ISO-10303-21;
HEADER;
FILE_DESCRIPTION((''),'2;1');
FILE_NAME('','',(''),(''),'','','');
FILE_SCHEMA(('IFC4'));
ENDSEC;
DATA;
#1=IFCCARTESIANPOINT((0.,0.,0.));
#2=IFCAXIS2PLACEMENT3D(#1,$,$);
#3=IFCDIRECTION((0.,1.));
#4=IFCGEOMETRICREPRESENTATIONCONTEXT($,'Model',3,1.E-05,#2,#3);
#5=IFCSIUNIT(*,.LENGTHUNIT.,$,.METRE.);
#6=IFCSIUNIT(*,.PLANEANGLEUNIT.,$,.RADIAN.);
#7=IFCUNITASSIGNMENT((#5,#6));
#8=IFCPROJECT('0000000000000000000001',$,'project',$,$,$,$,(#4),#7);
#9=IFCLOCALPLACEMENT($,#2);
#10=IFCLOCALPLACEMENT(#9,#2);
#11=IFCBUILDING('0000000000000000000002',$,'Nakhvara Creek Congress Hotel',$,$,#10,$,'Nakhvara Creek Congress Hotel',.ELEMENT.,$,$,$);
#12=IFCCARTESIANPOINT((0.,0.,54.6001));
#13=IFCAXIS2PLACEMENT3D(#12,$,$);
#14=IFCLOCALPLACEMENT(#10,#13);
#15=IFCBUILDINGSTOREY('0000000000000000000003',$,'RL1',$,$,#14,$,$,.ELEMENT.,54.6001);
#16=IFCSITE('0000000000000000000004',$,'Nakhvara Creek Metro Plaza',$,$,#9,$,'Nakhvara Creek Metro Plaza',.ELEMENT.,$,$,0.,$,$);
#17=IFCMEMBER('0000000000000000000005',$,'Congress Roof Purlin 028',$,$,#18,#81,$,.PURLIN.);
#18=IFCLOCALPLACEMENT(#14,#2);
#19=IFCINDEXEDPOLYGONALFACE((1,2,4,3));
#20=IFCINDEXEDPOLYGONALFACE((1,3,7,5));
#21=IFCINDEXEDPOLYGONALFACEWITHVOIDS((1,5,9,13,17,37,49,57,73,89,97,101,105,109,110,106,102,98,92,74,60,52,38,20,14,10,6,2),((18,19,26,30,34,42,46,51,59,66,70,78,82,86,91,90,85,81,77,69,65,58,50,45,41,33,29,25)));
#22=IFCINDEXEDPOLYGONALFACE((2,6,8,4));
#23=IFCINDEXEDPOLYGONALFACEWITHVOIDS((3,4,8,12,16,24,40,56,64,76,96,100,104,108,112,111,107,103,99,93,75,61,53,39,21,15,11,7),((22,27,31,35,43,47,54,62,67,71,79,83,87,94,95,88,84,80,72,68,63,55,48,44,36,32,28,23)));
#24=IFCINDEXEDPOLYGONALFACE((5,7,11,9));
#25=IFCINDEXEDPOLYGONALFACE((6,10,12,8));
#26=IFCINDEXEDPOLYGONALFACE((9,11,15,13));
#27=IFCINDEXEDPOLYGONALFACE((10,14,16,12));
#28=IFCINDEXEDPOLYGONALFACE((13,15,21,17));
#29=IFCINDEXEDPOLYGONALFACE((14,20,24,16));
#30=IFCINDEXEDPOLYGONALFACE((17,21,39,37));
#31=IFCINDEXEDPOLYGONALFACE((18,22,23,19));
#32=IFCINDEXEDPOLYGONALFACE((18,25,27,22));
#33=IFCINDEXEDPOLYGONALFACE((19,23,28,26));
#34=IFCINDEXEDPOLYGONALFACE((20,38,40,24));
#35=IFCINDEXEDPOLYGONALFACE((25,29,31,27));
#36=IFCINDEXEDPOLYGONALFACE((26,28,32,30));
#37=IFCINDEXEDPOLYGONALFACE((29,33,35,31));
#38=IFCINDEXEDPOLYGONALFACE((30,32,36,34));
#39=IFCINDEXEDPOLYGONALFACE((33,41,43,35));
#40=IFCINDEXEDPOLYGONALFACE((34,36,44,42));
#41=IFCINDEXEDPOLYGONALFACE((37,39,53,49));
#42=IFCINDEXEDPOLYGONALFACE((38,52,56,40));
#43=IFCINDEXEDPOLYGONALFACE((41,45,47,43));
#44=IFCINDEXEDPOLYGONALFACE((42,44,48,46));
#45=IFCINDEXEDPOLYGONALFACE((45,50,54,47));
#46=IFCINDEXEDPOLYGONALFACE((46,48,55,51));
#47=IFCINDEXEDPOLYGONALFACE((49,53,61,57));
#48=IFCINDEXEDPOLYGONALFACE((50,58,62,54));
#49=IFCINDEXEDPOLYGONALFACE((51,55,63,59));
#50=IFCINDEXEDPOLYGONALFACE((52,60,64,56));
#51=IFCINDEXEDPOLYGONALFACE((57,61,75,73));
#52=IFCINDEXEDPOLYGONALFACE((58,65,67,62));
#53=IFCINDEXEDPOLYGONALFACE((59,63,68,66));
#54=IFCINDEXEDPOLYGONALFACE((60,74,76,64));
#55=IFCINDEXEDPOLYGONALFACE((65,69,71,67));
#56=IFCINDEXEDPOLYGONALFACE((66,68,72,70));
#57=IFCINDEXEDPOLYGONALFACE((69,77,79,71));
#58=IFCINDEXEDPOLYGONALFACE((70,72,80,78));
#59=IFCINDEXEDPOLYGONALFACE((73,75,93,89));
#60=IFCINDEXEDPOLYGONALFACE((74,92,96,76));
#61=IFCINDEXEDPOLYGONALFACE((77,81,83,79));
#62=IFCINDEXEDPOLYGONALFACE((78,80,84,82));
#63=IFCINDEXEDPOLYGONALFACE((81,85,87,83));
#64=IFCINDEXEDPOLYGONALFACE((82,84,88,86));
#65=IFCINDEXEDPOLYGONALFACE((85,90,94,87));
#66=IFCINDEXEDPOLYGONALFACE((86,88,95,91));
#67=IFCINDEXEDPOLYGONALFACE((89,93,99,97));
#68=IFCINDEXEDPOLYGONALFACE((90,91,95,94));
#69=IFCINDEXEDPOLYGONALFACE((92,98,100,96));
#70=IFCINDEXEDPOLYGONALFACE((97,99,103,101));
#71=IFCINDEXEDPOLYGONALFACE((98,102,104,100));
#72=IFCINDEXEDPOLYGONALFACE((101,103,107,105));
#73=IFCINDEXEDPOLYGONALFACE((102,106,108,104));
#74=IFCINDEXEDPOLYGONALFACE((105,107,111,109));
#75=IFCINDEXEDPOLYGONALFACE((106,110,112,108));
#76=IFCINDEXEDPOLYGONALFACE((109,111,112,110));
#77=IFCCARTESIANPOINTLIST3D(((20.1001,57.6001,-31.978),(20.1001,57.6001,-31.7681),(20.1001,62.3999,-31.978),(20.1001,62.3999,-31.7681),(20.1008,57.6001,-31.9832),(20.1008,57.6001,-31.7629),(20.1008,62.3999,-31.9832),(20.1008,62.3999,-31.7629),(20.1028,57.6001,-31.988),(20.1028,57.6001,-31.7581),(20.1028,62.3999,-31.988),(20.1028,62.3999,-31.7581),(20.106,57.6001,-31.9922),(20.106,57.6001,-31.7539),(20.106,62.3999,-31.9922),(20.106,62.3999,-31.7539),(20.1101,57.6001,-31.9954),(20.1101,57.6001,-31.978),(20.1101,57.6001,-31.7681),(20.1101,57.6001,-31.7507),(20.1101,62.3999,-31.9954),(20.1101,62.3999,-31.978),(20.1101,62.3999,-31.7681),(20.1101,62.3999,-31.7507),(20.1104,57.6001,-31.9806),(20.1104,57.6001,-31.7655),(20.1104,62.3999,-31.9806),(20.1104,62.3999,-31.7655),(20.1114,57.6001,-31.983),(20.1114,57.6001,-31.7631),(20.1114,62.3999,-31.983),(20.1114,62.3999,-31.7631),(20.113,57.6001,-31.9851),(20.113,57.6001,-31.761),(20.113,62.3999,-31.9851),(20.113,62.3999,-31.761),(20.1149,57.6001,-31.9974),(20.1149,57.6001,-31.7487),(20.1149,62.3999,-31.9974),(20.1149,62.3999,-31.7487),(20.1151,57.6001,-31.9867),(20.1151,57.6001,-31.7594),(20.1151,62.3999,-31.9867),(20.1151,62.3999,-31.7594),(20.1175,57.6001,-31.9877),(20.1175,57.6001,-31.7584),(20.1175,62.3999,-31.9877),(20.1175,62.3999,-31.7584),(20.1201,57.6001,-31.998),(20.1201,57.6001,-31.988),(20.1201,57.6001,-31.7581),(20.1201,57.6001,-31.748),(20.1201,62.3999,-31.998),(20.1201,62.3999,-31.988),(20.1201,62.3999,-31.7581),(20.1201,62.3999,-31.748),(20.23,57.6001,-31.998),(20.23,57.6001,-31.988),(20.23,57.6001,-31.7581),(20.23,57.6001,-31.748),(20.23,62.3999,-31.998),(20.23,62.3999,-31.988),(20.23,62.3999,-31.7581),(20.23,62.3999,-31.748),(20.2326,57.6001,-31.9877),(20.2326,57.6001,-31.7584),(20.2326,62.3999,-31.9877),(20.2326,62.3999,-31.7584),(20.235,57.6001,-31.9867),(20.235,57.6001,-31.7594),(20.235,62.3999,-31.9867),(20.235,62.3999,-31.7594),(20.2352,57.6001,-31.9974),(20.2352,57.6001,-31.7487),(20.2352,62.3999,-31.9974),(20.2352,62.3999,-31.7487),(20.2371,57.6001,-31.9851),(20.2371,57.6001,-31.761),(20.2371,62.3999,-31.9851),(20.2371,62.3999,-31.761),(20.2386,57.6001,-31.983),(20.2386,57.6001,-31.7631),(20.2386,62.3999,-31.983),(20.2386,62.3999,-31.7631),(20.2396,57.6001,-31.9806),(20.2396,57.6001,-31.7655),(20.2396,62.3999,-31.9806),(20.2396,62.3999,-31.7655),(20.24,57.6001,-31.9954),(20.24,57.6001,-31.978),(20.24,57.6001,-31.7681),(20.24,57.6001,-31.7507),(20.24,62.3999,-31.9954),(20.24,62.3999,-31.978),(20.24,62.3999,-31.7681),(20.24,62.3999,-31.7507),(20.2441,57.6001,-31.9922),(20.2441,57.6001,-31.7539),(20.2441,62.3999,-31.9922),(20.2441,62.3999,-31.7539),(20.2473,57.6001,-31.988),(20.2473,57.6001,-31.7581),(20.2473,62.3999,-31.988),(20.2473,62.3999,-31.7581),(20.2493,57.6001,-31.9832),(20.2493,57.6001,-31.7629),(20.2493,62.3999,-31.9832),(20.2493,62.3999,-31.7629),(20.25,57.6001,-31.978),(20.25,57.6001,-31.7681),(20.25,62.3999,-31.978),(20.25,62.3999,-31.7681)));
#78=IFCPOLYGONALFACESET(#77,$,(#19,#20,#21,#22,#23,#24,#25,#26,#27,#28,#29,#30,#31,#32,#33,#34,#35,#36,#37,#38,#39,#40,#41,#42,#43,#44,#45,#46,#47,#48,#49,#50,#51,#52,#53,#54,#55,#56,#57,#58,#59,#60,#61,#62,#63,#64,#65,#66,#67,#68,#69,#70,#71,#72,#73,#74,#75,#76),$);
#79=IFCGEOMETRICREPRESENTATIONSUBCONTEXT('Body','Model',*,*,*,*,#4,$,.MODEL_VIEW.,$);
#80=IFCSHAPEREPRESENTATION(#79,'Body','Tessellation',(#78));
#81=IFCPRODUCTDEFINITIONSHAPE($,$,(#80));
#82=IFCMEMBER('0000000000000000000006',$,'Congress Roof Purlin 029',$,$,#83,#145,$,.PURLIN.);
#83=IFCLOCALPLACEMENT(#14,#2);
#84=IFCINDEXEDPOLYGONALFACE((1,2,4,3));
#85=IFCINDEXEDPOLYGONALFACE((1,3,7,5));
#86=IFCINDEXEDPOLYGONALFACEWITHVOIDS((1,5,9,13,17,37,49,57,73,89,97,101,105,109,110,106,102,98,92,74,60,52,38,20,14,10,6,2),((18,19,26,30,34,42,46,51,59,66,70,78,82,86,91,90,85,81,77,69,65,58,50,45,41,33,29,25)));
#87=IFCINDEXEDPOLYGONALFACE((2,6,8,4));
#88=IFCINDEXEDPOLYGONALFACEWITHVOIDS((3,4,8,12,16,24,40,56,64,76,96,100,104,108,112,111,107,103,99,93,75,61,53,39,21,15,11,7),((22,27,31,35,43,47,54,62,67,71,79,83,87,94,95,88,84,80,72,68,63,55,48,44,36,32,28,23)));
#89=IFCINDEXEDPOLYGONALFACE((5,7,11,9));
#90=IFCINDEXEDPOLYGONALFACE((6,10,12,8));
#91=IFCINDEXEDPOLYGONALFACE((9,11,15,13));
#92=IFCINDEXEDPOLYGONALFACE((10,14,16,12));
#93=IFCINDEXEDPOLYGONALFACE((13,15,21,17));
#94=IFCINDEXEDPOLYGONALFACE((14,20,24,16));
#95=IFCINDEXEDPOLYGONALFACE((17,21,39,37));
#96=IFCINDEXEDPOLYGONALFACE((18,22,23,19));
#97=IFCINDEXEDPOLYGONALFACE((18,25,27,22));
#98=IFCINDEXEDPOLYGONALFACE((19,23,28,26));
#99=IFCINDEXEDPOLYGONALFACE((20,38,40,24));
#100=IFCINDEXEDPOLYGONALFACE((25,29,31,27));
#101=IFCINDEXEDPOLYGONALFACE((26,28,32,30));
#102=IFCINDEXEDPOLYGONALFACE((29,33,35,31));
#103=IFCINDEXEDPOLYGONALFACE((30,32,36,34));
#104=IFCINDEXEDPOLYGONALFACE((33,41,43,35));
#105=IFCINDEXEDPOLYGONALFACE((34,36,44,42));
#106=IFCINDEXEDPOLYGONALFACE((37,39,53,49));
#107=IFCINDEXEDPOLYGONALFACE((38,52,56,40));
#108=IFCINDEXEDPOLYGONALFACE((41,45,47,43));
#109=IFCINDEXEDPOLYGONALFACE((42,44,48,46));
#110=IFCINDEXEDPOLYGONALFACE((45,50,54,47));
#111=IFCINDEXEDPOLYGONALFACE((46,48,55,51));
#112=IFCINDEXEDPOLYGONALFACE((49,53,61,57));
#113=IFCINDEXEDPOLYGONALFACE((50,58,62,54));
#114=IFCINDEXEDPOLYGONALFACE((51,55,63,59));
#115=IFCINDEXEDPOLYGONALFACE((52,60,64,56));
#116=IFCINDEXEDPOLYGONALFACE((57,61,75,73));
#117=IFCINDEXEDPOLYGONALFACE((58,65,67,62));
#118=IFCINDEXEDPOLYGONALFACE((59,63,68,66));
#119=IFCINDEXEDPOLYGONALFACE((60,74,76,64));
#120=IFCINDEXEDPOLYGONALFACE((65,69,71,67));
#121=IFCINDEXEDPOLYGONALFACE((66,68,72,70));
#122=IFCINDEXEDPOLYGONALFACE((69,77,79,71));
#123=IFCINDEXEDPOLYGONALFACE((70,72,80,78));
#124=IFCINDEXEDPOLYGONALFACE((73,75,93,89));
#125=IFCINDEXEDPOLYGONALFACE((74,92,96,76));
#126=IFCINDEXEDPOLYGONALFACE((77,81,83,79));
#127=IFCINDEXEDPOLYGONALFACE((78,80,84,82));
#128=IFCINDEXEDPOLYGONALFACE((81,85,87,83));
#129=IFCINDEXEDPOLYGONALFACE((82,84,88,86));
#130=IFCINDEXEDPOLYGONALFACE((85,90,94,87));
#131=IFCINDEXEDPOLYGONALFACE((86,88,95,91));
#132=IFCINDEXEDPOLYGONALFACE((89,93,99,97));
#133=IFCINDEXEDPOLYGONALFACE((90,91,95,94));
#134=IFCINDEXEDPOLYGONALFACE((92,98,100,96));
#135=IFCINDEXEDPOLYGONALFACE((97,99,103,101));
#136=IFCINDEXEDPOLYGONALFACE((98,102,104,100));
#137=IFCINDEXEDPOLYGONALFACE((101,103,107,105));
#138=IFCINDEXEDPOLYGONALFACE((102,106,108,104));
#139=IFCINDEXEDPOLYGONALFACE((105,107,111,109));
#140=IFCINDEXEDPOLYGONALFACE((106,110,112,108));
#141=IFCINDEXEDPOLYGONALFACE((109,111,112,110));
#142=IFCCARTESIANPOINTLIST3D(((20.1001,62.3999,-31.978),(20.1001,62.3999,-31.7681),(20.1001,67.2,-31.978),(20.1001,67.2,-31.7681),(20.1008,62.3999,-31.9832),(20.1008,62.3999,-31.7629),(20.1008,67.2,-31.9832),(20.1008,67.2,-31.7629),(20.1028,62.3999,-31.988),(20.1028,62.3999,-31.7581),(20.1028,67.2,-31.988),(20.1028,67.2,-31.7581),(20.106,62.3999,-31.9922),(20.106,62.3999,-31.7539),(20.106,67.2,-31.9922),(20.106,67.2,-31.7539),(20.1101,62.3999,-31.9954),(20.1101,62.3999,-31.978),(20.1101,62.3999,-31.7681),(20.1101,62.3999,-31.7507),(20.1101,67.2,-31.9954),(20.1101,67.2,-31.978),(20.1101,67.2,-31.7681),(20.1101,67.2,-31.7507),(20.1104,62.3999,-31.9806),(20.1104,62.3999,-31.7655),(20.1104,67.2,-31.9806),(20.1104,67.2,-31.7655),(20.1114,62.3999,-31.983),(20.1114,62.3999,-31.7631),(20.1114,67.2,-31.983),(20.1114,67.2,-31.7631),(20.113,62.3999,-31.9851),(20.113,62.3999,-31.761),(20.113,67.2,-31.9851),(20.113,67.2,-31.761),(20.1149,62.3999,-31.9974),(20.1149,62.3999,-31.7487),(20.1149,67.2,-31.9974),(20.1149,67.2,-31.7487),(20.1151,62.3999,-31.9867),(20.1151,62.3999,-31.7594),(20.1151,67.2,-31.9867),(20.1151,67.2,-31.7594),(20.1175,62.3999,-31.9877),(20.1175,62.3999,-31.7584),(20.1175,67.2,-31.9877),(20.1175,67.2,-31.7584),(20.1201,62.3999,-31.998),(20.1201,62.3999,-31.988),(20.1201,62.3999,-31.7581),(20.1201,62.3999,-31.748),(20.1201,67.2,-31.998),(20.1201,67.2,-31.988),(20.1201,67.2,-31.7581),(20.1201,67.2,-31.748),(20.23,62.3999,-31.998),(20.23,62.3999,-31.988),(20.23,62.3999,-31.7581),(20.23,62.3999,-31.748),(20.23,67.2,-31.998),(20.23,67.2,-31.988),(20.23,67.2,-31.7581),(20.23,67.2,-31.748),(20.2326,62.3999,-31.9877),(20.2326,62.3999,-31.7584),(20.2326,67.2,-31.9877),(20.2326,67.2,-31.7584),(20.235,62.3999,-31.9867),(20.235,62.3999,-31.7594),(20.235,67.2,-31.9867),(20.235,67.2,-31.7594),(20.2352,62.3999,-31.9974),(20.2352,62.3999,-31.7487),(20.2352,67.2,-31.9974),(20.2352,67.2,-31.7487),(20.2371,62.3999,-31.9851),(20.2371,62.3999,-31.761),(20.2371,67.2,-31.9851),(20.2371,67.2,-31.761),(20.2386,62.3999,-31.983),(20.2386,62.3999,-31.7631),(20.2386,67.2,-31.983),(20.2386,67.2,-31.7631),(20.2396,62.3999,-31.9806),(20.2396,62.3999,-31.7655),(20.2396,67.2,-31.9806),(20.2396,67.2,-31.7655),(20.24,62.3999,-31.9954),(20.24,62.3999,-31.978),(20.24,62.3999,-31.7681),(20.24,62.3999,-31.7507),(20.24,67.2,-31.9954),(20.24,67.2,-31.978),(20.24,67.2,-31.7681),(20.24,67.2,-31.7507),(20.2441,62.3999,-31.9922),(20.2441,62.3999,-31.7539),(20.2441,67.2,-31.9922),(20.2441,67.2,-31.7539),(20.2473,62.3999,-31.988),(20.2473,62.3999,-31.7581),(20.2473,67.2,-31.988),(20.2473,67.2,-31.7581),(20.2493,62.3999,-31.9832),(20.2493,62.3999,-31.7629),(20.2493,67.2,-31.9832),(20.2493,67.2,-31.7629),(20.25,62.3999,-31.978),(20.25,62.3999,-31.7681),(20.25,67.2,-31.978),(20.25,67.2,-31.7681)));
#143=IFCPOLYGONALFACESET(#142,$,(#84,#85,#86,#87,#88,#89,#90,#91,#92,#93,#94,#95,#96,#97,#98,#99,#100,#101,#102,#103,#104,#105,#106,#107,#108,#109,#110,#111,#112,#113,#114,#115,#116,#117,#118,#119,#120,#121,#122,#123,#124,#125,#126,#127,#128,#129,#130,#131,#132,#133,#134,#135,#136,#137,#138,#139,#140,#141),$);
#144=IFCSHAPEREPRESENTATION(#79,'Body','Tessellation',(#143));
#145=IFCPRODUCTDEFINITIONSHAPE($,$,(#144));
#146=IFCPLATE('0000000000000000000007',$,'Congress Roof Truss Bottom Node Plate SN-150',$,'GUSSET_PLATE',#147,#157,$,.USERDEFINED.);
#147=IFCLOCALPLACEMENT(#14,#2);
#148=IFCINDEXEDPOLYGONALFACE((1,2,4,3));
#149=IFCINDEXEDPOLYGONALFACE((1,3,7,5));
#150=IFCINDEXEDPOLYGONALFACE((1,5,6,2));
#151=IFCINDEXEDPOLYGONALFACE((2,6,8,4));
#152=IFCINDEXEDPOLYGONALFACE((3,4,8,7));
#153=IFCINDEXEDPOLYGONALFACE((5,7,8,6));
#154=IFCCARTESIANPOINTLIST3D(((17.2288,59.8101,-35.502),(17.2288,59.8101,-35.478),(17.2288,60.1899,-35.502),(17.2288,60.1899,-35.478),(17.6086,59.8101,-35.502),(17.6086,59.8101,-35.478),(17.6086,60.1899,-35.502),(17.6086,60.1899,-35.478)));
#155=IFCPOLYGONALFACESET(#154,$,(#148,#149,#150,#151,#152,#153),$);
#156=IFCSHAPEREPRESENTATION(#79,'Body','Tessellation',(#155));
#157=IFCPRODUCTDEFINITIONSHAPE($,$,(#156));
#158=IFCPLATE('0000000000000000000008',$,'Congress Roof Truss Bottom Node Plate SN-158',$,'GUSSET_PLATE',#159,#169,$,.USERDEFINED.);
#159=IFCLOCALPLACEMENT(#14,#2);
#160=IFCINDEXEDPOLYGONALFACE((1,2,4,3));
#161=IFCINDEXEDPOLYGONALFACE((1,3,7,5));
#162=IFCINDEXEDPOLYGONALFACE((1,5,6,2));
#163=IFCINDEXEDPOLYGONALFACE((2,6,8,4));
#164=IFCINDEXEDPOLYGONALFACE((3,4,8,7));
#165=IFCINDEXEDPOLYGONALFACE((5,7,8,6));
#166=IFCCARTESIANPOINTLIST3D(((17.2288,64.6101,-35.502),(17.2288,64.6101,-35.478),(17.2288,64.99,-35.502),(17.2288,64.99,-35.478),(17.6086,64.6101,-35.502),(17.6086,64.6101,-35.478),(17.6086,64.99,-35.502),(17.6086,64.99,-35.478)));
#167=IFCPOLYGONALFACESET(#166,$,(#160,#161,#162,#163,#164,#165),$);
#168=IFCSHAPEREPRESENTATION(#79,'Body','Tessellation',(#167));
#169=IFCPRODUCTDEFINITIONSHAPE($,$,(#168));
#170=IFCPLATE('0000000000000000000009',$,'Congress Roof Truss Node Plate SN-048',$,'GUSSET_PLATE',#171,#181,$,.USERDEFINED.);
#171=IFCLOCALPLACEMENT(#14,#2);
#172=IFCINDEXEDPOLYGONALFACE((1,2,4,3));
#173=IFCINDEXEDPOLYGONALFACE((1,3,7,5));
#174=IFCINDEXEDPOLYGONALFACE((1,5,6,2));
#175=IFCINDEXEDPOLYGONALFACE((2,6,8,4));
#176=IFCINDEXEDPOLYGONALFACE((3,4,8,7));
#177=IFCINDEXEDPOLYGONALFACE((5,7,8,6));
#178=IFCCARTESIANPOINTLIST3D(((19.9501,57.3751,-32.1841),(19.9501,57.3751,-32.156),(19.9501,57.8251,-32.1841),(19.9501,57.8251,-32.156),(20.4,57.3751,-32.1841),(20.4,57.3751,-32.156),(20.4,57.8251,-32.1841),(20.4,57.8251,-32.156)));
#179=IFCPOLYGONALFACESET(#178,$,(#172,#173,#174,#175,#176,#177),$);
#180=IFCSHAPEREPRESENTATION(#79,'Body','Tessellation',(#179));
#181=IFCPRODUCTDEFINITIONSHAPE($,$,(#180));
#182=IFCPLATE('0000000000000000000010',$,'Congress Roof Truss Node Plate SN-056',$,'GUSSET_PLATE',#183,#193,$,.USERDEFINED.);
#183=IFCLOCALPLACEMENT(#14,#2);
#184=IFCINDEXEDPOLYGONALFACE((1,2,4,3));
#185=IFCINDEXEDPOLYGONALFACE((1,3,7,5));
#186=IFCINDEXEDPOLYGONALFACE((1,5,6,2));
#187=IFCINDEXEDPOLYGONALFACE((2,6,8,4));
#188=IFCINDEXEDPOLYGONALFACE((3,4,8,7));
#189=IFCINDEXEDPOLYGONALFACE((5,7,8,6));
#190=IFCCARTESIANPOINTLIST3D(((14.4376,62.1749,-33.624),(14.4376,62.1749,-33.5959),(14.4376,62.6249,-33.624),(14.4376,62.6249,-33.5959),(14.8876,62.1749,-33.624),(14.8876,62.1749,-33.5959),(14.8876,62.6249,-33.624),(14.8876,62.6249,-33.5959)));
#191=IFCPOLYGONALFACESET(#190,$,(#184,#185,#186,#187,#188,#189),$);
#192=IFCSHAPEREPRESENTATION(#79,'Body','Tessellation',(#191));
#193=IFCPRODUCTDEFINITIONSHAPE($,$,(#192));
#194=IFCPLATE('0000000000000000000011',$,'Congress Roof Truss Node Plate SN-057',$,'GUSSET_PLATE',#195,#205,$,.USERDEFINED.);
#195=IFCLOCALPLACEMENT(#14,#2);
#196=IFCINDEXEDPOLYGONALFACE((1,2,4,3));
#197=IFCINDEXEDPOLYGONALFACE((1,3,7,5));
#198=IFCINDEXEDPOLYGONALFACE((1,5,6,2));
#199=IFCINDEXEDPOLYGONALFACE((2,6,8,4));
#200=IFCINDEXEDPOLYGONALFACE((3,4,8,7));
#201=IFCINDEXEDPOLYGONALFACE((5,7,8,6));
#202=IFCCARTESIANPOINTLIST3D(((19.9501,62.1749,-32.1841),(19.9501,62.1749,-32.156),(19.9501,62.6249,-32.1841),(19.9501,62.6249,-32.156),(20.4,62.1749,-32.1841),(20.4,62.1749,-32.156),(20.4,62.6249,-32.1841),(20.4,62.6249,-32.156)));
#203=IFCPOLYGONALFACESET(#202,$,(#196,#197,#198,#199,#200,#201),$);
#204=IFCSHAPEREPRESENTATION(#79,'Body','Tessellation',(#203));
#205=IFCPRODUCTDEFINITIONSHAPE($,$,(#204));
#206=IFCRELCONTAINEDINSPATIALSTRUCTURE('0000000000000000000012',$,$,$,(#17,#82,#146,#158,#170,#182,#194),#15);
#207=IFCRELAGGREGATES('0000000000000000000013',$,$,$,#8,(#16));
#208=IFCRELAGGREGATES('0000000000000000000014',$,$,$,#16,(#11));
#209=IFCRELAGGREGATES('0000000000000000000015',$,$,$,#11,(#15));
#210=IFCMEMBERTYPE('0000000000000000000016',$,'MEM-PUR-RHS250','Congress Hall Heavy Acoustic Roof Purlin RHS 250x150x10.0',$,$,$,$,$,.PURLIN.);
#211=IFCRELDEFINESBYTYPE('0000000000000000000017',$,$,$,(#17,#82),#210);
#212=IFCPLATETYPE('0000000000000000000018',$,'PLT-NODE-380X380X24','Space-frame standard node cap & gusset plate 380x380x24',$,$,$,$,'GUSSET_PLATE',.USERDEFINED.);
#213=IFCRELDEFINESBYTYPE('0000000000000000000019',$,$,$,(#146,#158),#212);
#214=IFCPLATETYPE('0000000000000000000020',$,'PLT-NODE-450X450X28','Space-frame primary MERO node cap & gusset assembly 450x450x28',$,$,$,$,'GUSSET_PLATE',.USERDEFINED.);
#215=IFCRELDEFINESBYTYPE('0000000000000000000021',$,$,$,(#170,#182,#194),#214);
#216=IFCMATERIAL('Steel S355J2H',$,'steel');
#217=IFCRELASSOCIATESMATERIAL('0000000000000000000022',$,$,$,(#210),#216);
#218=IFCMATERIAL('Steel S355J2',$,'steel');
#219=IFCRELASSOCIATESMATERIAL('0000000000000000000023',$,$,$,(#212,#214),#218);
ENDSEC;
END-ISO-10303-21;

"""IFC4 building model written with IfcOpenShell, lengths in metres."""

from ifc_helpers import new_model, si_unit, direction, frame, origin, origin_2d, place, context, subcontext, project, spatial, rectangle, hollow_rectangle, extrude, material, material_profile, profile_set, type_object, element, save


model = new_model("IFC4")

# Units and contexts
model_context = context("Model", 3, precision=1e-05, world=origin(), true_north=direction((0.0, 1.0)))
body_context = subcontext(model_context, "Body", "Model", "MODEL_VIEW")
ifc_project = project(units=[si_unit("LENGTHUNIT", "METRE"), si_unit("PLANEANGLEUNIT", "RADIAN")], contexts=[model_context])

# Site, building, storey
site_placement = place(None, origin())
site = spatial("IfcSite", under=ifc_project, at=site_placement, Name="Nakhvara Creek Metro Plaza", LongName="Nakhvara Creek Metro Plaza", CompositionType="ELEMENT", RefElevation=0.0)
building_placement = place(site_placement, origin())
building = spatial("IfcBuilding", under=site, at=building_placement, Name="Nakhvara Creek Congress Hotel", LongName="Nakhvara Creek Congress Hotel", CompositionType="ELEMENT")
storey_placement = place(building_placement, frame((0.0, 0.0, 54.6001)))
storey = spatial("IfcBuildingStorey", under=building, at=storey_placement, Name="RL1", CompositionType="ELEMENT", Elevation=54.6001)

# Members
ifc_material_1 = material(Name="Steel S355J2H", Category="steel")
ifc_material_profile_1 = material_profile(ifc_material_1, hollow_rectangle(XDim=0.1499, YDim=0.25, WallThickness=0.01, InnerFilletRadius=0.01, OuterFilletRadius=0.02, at=origin_2d()), Name="RHS 250x150x10.0", Category="LoadBearing")
ifc_profile_set_1 = profile_set([ifc_material_profile_1], Name="Steel S355J2H")
member_type_1 = type_object("IfcMemberType", Name="MEM-PUR-RHS250", Description="Congress Hall Heavy Acoustic Roof Purlin RHS 250x150x10.0", PredefinedType="PURLIN", material=ifc_profile_set_1)
member_1_placement = place(storey_placement, frame((20.175, 57.6001, -31.873), z_axis=(0.0, 1.0, 0.0), x_axis=(-1.0, 0.0, 0.0)))
element("IfcMember", 1, at=member_1_placement, inside=storey, type_object=member_type_1, Name="Congress Roof Purlin 028", PredefinedType="PURLIN", context=body_context, shape_type="SweptSolid", body=[
    extrude(hollow_rectangle(XDim=0.1499, YDim=0.25, WallThickness=0.01, InnerFilletRadius=0.01, OuterFilletRadius=0.02, at=origin_2d()), origin(), (0.0, 0.0, 1.0), 4.7998),
])
member_2_placement = place(storey_placement, frame((20.175, 62.3999, -31.873), z_axis=(0.0, 1.0, 0.0), x_axis=(-1.0, 0.0, 0.0)))
element("IfcMember", 2, at=member_2_placement, inside=storey, type_object=member_type_1, Name="Congress Roof Purlin 029", PredefinedType="PURLIN", context=body_context, shape_type="SweptSolid", body=[
    extrude(hollow_rectangle(XDim=0.1499, YDim=0.25, WallThickness=0.01, InnerFilletRadius=0.01, OuterFilletRadius=0.02, at=origin_2d()), origin(), (0.0, 0.0, 1.0), 4.8),
])

# Plates
ifc_material_2 = material(Name="Steel S355J2", Category="steel")
plate_type_1 = type_object("IfcPlateType", Name="PLT-NODE-380X380X24", Description="Space-frame standard node cap & gusset plate 380x380x24", ElementType="GUSSET_PLATE", PredefinedType="USERDEFINED", material=ifc_material_2)
for number, where, z_axis, x_axis, name in (
    (3, (17.4187, 60.0, -35.502), (0.0, 0.0, 1.0), (1.0, 0.0, 0.0), "Congress Roof Truss Bottom Node Plate SN-150"),
    (4, (17.4187, 64.8, -35.502), (0.0, 0.0, 1.0), (1.0, 0.0, 0.0), "Congress Roof Truss Bottom Node Plate SN-158"),
):
    element("IfcPlate", number, at=place(storey_placement, frame(where, z_axis=z_axis, x_axis=x_axis)), inside=storey, type_object=plate_type_1, Name=name, ObjectType="GUSSET_PLATE", PredefinedType="USERDEFINED", context=body_context, shape_type="SweptSolid", body=[
        extrude(rectangle(XDim=0.3799, YDim=0.3799, at=origin_2d()), origin(), (0.0, 0.0, 1.0), 0.0239),
    ])
plate_type_2 = type_object("IfcPlateType", Name="PLT-NODE-450X450X28", Description="Space-frame primary MERO node cap & gusset assembly 450x450x28", ElementType="GUSSET_PLATE", PredefinedType="USERDEFINED", material=ifc_material_2)
for number, where, z_axis, x_axis, name in (
    (5, (20.175, 57.6001, -32.1841), (0.0, 0.0, 1.0), (1.0, 0.0, 0.0), "Congress Roof Truss Node Plate SN-048"),
    (6, (14.6626, 62.3999, -33.624), (0.0, 0.0, 1.0), (1.0, 0.0, 0.0), "Congress Roof Truss Node Plate SN-056"),
    (7, (20.175, 62.3999, -32.1841), (0.0, 0.0, 1.0), (1.0, 0.0, 0.0), "Congress Roof Truss Node Plate SN-057"),
):
    element("IfcPlate", number, at=place(storey_placement, frame(where, z_axis=z_axis, x_axis=x_axis)), inside=storey, type_object=plate_type_2, Name=name, ObjectType="GUSSET_PLATE", PredefinedType="USERDEFINED", context=body_context, shape_type="SweptSolid", body=[
        extrude(rectangle(XDim=0.45, YDim=0.45, at=origin_2d()), origin(), (0.0, 0.0, 1.0), 0.0281),
    ])

save(model, "model.ifc")
